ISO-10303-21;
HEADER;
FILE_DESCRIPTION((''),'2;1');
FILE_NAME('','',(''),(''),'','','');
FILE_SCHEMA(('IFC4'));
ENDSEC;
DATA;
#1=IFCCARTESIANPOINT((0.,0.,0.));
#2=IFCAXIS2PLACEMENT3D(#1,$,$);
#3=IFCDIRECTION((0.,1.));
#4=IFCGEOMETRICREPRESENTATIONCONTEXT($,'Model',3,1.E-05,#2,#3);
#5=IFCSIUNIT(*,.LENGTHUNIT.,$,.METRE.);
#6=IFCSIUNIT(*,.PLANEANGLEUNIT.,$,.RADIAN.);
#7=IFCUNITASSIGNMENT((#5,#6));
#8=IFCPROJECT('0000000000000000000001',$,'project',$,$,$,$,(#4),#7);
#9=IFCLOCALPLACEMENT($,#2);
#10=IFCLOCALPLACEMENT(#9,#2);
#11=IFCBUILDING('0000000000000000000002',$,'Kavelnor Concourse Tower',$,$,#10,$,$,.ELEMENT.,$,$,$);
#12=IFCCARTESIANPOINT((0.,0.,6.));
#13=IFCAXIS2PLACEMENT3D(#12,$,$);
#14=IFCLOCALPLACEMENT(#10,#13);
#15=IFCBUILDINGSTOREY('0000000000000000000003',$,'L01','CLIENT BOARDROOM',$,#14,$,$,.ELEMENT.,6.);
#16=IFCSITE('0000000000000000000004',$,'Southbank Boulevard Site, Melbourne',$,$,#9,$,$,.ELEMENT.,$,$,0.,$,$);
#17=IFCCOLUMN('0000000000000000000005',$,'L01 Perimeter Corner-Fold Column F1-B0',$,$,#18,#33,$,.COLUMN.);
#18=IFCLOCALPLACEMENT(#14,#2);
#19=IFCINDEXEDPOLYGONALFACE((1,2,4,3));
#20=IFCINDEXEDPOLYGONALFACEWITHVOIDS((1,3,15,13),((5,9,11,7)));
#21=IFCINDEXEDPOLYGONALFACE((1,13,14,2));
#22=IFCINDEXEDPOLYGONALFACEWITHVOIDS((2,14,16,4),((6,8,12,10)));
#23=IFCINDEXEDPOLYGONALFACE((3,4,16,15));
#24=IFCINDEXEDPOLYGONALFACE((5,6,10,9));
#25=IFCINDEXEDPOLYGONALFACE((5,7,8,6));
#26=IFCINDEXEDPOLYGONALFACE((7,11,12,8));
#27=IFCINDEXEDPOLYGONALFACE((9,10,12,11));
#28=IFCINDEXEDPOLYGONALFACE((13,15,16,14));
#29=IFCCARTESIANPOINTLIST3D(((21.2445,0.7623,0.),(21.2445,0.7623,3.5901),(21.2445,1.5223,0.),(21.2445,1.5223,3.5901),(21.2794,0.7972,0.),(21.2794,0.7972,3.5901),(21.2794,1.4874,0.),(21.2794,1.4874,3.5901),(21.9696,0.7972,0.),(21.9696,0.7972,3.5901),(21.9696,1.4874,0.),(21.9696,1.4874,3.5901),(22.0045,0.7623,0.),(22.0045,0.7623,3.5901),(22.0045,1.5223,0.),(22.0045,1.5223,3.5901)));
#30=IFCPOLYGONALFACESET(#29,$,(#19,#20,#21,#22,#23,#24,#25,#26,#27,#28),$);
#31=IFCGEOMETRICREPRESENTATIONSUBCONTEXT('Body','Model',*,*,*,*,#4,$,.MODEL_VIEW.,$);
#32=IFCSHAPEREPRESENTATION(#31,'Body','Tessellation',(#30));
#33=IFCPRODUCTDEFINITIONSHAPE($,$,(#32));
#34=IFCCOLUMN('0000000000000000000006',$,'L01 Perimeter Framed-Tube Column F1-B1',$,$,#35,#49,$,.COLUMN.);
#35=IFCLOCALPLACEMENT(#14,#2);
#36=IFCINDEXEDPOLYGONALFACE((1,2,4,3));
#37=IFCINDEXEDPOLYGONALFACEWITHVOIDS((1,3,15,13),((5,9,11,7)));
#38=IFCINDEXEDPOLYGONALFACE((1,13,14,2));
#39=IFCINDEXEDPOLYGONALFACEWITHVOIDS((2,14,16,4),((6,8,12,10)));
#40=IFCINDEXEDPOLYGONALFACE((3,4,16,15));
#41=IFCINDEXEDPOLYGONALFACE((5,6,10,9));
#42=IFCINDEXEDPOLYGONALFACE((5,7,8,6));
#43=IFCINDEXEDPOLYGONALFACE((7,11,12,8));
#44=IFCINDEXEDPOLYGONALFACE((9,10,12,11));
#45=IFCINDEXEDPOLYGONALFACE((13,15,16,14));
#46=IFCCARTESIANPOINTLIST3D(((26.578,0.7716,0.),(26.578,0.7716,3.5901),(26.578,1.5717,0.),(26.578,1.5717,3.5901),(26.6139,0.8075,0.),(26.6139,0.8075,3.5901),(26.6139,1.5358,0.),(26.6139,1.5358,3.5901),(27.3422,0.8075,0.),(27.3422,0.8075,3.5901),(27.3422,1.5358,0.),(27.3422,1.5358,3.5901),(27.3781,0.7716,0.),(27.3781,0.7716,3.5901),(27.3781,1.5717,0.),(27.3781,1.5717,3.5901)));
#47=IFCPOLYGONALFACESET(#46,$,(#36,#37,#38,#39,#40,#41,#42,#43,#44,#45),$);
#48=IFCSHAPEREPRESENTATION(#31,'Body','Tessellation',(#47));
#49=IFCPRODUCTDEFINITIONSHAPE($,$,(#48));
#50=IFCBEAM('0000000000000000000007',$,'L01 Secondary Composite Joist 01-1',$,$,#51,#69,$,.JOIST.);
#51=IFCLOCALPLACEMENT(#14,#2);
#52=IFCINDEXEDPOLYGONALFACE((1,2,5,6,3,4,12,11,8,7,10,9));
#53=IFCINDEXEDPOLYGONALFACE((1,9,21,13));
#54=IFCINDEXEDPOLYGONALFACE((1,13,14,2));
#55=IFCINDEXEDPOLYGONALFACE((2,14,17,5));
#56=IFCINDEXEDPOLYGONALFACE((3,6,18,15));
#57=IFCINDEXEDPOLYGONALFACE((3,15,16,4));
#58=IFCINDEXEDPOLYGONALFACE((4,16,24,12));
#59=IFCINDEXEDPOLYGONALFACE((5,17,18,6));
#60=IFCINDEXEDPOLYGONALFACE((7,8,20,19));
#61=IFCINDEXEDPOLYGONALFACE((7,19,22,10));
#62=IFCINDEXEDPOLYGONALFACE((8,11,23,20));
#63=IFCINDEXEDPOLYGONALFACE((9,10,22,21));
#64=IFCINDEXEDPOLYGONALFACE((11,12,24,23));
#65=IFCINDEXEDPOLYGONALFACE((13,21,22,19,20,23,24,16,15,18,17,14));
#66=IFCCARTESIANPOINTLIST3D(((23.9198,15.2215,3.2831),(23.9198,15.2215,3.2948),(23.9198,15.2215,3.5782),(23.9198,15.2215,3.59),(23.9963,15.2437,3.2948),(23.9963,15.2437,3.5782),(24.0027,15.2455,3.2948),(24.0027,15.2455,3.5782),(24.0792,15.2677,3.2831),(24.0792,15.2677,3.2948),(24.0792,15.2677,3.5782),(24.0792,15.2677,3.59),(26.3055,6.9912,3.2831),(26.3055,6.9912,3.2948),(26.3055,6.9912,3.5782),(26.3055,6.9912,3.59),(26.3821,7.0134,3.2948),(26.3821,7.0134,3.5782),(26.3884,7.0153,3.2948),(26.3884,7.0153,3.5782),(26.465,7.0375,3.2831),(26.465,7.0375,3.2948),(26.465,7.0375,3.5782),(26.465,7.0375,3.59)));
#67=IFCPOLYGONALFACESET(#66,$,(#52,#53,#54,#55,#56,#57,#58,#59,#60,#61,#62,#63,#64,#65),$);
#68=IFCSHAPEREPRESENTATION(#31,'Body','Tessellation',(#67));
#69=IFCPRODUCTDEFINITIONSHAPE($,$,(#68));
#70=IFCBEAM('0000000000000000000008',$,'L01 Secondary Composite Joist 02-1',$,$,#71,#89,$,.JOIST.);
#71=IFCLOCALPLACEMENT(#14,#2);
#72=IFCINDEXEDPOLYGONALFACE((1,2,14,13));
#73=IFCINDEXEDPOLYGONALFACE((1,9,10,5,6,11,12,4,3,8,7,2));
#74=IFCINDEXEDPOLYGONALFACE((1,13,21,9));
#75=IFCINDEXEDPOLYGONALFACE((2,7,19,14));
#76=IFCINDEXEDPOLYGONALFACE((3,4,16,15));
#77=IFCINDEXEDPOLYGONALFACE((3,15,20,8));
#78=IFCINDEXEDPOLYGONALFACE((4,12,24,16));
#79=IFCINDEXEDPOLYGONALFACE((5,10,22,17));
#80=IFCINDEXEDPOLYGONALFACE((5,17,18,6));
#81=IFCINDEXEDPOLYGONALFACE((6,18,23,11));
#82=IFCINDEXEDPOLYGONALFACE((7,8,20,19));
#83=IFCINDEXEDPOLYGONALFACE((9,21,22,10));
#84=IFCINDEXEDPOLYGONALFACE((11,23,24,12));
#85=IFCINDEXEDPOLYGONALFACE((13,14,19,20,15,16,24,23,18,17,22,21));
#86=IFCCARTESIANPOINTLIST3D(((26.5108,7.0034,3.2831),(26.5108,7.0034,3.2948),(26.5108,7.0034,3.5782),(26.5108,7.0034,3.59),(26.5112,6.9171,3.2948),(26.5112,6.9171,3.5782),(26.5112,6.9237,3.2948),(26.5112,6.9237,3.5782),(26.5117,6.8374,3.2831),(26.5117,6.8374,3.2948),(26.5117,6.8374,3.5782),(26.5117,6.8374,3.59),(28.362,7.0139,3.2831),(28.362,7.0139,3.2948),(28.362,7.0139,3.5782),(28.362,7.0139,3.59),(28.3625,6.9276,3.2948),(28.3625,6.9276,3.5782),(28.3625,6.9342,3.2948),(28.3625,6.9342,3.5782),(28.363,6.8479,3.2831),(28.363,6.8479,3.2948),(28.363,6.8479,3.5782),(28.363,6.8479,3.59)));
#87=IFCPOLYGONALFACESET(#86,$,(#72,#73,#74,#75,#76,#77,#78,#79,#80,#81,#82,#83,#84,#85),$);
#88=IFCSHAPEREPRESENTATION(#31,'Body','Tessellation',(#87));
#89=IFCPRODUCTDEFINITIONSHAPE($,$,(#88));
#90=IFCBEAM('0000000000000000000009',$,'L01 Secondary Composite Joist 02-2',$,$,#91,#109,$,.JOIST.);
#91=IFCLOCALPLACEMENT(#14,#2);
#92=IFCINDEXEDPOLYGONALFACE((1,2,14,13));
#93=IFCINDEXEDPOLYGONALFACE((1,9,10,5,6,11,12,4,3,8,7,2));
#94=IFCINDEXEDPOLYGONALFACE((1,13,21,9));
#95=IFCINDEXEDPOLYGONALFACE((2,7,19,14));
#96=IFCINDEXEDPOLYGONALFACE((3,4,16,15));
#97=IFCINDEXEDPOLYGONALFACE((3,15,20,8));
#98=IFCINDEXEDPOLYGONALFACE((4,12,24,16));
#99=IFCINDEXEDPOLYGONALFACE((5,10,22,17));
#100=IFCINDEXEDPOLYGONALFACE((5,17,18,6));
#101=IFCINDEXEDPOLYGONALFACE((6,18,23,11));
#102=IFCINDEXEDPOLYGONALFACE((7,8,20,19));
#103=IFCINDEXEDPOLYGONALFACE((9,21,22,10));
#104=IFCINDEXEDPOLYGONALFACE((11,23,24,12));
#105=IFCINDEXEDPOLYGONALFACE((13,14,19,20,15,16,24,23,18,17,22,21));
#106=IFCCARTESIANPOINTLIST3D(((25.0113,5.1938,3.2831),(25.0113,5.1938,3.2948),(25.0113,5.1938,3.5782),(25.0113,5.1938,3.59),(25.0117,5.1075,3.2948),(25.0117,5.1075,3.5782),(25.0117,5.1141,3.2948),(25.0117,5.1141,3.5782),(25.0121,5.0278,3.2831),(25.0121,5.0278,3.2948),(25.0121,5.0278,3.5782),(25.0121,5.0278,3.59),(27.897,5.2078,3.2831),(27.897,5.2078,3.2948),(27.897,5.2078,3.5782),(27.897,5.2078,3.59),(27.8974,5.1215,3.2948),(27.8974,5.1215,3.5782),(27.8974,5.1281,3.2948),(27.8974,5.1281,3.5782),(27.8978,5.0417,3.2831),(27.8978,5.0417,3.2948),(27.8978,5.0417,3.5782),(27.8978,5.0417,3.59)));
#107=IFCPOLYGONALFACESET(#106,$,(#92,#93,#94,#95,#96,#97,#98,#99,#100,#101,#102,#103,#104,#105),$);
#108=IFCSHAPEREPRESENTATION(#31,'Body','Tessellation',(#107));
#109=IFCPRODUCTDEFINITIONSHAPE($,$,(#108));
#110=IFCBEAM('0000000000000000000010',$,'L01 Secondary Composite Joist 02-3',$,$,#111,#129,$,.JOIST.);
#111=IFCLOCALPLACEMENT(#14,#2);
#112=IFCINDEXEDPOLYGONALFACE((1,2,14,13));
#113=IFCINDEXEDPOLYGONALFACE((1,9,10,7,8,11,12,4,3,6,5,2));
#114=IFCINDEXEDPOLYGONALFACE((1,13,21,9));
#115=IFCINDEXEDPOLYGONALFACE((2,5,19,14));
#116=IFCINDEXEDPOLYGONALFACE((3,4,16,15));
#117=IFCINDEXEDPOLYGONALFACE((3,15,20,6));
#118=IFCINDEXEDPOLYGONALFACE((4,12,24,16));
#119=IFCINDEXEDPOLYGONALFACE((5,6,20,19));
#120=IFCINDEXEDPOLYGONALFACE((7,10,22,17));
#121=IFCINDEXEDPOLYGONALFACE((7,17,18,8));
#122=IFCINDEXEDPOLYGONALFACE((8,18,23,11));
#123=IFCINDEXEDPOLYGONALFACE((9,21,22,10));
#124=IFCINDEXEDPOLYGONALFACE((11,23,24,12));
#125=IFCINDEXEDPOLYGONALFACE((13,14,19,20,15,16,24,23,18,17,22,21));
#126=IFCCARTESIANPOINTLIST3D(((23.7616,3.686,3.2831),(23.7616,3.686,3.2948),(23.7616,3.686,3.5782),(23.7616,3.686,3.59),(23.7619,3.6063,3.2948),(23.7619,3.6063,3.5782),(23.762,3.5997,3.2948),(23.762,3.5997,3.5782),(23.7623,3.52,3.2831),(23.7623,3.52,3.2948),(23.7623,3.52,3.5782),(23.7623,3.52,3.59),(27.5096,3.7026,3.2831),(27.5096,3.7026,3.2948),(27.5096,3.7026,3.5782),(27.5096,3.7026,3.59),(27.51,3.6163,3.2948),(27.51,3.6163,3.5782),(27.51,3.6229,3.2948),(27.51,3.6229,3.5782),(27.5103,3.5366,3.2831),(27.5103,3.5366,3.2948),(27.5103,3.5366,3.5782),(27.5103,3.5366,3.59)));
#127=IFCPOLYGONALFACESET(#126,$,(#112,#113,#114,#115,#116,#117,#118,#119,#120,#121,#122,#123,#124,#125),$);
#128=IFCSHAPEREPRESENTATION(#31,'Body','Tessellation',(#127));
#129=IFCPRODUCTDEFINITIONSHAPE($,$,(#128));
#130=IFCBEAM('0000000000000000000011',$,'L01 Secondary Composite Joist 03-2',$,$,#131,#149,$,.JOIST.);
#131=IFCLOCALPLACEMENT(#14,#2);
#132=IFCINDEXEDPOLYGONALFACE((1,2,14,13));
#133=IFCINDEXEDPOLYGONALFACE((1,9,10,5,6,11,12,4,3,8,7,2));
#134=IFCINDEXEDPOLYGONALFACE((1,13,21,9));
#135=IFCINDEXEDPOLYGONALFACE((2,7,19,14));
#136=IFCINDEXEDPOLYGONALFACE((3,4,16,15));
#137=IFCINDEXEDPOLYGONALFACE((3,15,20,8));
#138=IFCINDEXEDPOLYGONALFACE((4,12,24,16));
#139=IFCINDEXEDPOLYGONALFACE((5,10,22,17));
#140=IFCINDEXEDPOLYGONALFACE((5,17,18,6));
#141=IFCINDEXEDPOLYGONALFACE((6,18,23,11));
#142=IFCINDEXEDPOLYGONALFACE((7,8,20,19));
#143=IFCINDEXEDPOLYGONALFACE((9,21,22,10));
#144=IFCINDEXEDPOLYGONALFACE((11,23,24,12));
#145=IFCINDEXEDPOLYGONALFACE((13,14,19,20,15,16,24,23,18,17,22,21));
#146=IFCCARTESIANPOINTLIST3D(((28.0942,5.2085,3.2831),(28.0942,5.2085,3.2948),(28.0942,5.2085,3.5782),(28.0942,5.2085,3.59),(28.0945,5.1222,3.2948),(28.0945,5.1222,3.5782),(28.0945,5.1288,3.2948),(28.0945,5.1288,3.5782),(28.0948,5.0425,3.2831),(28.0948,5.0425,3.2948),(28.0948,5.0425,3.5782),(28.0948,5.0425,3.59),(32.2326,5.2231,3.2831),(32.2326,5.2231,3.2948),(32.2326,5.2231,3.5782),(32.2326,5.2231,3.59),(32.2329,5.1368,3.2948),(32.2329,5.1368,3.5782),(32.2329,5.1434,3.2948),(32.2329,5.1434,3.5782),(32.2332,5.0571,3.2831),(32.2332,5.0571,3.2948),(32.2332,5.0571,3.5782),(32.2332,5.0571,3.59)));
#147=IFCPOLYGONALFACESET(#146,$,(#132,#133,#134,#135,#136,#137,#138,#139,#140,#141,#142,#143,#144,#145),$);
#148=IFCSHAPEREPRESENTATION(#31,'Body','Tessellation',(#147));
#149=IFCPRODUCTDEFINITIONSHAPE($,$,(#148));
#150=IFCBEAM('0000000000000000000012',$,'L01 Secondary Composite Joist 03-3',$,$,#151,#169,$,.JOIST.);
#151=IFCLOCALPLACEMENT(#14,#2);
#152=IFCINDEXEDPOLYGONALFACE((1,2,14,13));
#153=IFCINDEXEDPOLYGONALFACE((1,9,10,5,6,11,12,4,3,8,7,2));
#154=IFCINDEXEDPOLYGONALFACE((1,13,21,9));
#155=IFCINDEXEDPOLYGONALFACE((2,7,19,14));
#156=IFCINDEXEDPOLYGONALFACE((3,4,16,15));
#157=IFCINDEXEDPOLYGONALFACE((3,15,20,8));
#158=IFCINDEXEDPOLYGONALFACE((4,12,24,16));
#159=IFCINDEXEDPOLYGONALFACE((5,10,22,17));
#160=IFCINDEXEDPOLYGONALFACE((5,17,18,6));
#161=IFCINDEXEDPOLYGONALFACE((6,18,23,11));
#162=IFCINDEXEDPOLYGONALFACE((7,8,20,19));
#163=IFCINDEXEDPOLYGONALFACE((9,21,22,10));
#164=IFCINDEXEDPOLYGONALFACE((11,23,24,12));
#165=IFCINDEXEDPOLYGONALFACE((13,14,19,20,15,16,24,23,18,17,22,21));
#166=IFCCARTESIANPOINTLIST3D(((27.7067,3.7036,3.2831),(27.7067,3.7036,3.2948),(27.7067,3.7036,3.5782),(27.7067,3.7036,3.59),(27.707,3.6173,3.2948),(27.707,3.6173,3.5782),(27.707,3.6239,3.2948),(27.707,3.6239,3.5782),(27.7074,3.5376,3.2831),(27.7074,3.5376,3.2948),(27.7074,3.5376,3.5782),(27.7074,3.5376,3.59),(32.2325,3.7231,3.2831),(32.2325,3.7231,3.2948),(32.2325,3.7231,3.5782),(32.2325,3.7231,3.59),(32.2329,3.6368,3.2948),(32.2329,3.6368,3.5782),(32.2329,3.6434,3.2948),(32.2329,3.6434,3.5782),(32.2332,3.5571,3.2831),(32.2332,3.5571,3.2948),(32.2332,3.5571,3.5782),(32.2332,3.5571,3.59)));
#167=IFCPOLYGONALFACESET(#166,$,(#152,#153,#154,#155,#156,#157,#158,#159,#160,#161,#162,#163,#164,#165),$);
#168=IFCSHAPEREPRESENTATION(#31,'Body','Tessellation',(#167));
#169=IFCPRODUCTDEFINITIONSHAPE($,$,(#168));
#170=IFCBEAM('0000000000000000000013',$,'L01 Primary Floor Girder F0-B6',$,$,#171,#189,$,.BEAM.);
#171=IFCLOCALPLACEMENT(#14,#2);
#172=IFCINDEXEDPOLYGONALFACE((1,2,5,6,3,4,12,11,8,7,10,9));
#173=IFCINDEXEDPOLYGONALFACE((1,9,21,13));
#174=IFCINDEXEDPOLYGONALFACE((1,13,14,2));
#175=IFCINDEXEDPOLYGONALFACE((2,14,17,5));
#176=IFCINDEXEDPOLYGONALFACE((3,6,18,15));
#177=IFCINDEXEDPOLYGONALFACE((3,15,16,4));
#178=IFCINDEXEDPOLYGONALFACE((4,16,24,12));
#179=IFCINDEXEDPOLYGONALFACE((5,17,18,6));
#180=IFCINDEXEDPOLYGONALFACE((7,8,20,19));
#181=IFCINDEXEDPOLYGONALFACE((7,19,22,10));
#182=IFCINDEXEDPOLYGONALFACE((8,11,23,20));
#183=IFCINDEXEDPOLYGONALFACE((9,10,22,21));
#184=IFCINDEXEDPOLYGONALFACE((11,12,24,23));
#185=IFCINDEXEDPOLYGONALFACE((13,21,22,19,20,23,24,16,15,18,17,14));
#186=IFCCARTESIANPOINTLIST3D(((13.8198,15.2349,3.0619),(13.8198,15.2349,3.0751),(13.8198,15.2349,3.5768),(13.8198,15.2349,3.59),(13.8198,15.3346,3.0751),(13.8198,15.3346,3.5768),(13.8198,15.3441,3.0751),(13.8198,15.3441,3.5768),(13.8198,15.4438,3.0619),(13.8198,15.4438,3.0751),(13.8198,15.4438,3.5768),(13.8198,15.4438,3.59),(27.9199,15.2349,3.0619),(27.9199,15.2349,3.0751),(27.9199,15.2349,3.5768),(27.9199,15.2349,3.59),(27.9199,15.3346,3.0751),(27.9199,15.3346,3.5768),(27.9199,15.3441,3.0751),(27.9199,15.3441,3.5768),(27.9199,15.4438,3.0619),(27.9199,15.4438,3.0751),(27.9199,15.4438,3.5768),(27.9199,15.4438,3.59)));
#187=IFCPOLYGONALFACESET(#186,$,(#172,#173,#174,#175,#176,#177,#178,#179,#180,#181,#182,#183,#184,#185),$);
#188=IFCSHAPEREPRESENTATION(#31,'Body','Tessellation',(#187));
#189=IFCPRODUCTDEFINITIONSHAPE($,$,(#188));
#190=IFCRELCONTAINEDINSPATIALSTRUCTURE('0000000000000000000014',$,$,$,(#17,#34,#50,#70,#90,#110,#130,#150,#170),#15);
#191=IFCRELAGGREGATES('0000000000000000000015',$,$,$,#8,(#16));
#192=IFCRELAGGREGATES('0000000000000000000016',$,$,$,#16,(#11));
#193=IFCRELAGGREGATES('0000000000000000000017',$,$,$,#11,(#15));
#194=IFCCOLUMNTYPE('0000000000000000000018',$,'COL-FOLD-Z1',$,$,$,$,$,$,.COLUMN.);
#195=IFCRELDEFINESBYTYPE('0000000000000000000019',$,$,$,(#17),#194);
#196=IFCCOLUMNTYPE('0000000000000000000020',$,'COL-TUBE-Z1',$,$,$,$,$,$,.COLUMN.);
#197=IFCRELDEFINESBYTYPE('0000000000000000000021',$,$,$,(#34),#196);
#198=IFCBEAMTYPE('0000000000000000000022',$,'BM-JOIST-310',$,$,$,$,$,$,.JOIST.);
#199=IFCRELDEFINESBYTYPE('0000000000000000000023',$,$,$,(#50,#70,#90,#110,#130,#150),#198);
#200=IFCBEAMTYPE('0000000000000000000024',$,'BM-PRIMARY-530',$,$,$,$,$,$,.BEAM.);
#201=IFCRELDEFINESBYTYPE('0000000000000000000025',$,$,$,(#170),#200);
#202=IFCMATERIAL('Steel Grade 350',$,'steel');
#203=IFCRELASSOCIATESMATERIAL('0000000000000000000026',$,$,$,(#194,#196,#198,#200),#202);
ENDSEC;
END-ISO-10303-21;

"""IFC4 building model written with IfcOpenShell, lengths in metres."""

from ifc_helpers import new_model, si_unit, direction, frame, origin, origin_2d, place, context, subcontext, project, spatial, hollow_rectangle, i_section, extrude, material, material_profile, profile_set, type_object, element, save


model = new_model("IFC4")

# Units and contexts
model_context = context("Model", 3, precision=1e-05, world=origin(), true_north=direction((0.0, 1.0)))
body_context = subcontext(model_context, "Body", "Model", "MODEL_VIEW")
ifc_project = project(units=[si_unit("LENGTHUNIT", "METRE"), si_unit("PLANEANGLEUNIT", "RADIAN")], contexts=[model_context])

# Site, building, storey
site_placement = place(None, origin())
site = spatial("IfcSite", under=ifc_project, at=site_placement, Name="Southbank Boulevard Site, Melbourne", CompositionType="ELEMENT", RefElevation=0.0)
building_placement = place(site_placement, origin())
building = spatial("IfcBuilding", under=site, at=building_placement, Name="Kavelnor Concourse Tower", CompositionType="ELEMENT")
storey_placement = place(building_placement, frame((0.0, 0.0, 6.0)))
storey = spatial("IfcBuildingStorey", under=building, at=storey_placement, Name="L01", Description="CLIENT BOARDROOM", CompositionType="ELEMENT", Elevation=6.0)

# Columns
ifc_material_1 = material(Name="Steel Grade 350", Category="steel")
ifc_material_profile_1 = material_profile(ifc_material_1, hollow_rectangle(XDim=0.76, YDim=0.76, WallThickness=0.0349, at=origin_2d()), Name="SHS 760x760x35")
ifc_profile_set_1 = profile_set([ifc_material_profile_1], Name="Steel Grade 350")
column_type_1 = type_object("IfcColumnType", Name="COL-FOLD-Z1", PredefinedType="COLUMN", material=ifc_profile_set_1)
column_1_placement = place(storey_placement, frame((21.6245, 1.1423, 0.0), z_axis=(0.0, 0.0, 1.0), x_axis=(1.0, 0.0, 0.0)))
element("IfcColumn", 1, at=column_1_placement, inside=storey, type_object=column_type_1, Name="L01 Perimeter Corner-Fold Column F1-B0", PredefinedType="COLUMN", context=body_context, shape_type="SweptSolid", body=[
    extrude(hollow_rectangle(XDim=0.76, YDim=0.76, WallThickness=0.0349, at=origin_2d()), origin(), (0.0, 0.0, 1.0), 3.5901),
])
ifc_material_profile_2 = material_profile(ifc_material_1, hollow_rectangle(XDim=0.8, YDim=0.8, WallThickness=0.0359, at=origin_2d()), Name="SHS 800x800x36")
ifc_profile_set_2 = profile_set([ifc_material_profile_2], Name="Steel Grade 350")
column_type_2 = type_object("IfcColumnType", Name="COL-TUBE-Z1", PredefinedType="COLUMN", material=ifc_profile_set_2)
column_2_placement = place(storey_placement, frame((26.978, 1.1716, 0.0), z_axis=(0.0, 0.0, 1.0), x_axis=(1.0, 0.0, 0.0)))
element("IfcColumn", 2, at=column_2_placement, inside=storey, type_object=column_type_2, Name="L01 Perimeter Framed-Tube Column F1-B1", PredefinedType="COLUMN", context=body_context, shape_type="SweptSolid", body=[
    extrude(hollow_rectangle(XDim=0.8, YDim=0.8, WallThickness=0.0359, at=origin_2d()), origin(), (0.0, 0.0, 1.0), 3.5901),
])

# Beams
ifc_material_profile_3 = material_profile(ifc_material_1, i_section(OverallWidth=0.166, OverallDepth=0.3069, WebThickness=0.0066, FlangeThickness=0.0117, at=origin_2d()), Name="310UB46")
ifc_profile_set_3 = profile_set([ifc_material_profile_3], Name="Steel Grade 350")
beam_type_1 = type_object("IfcBeamType", Name="BM-JOIST-310", PredefinedType="JOIST", material=ifc_profile_set_3)
beam_1_placement = place(storey_placement, frame((23.9995, 15.2446, 3.4365), z_axis=(0.278414, -0.960461, 0.0), x_axis=(0.960461, 0.278414, 0.0)))
element("IfcBeam", 3, at=beam_1_placement, inside=storey, type_object=beam_type_1, Name="L01 Secondary Composite Joist 01-1", PredefinedType="JOIST", context=body_context, shape_type="SweptSolid", body=[
    extrude(i_section(OverallWidth=0.166, OverallDepth=0.3069, WebThickness=0.0066, FlangeThickness=0.0117, at=origin_2d()), origin(), (0.0, 0.0, 1.0), 8.5691),
])
beam_2_placement = place(storey_placement, frame((26.5112, 6.9204, 3.4365), z_axis=(0.999984, 0.00567, 0.0), x_axis=(-0.00567, 0.999984, 0.0)))
element("IfcBeam", 4, at=beam_2_placement, inside=storey, type_object=beam_type_1, Name="L01 Secondary Composite Joist 02-1", PredefinedType="JOIST", context=body_context, shape_type="SweptSolid", body=[
    extrude(i_section(OverallWidth=0.166, OverallDepth=0.3069, WebThickness=0.0066, FlangeThickness=0.0117, at=origin_2d()), origin(), (0.0, 0.0, 1.0), 1.8513),
])
beam_3_placement = place(storey_placement, frame((25.0117, 5.1108, 3.4365), z_axis=(0.999988, 0.004822, 0.0), x_axis=(-0.004822, 0.999988, 0.0)))
element("IfcBeam", 5, at=beam_3_placement, inside=storey, type_object=beam_type_1, Name="L01 Secondary Composite Joist 02-2", PredefinedType="JOIST", context=body_context, shape_type="SweptSolid", body=[
    extrude(i_section(OverallWidth=0.166, OverallDepth=0.3069, WebThickness=0.0066, FlangeThickness=0.0117, at=origin_2d()), origin(), (0.0, 0.0, 1.0), 2.8857),
])
beam_4_placement = place(storey_placement, frame((23.762, 3.603, 3.4365), z_axis=(0.99999, 0.004429, 0.0), x_axis=(-0.004429, 0.99999, 0.0)))
element("IfcBeam", 6, at=beam_4_placement, inside=storey, type_object=beam_type_1, Name="L01 Secondary Composite Joist 02-3", PredefinedType="JOIST", context=body_context, shape_type="SweptSolid", body=[
    extrude(i_section(OverallWidth=0.166, OverallDepth=0.3069, WebThickness=0.0066, FlangeThickness=0.0117, at=origin_2d()), origin(), (0.0, 0.0, 1.0), 3.748),
])
beam_5_placement = place(storey_placement, frame((28.0945, 5.1255, 3.4365), z_axis=(0.999994, 0.00354, 0.0), x_axis=(-0.00354, 0.999994, 0.0)))
element("IfcBeam", 7, at=beam_5_placement, inside=storey, type_object=beam_type_1, Name="L01 Secondary Composite Joist 03-2", PredefinedType="JOIST", context=body_context, shape_type="SweptSolid", body=[
    extrude(i_section(OverallWidth=0.166, OverallDepth=0.3069, WebThickness=0.0066, FlangeThickness=0.0117, at=origin_2d()), origin(), (0.0, 0.0, 1.0), 4.1384),
])
beam_6_placement = place(storey_placement, frame((27.707, 3.6206, 3.4365), z_axis=(0.999991, 0.004315, 0.0), x_axis=(-0.004315, 0.999991, 0.0)))
element("IfcBeam", 8, at=beam_6_placement, inside=storey, type_object=beam_type_1, Name="L01 Secondary Composite Joist 03-3", PredefinedType="JOIST", context=body_context, shape_type="SweptSolid", body=[
    extrude(i_section(OverallWidth=0.166, OverallDepth=0.3069, WebThickness=0.0066, FlangeThickness=0.0117, at=origin_2d()), origin(), (0.0, 0.0, 1.0), 4.5259),
])
ifc_material_profile_4 = material_profile(ifc_material_1, i_section(OverallWidth=0.209, OverallDepth=0.5281, WebThickness=0.0095, FlangeThickness=0.0132, at=origin_2d()), Name="530UB82")
ifc_profile_set_4 = profile_set([ifc_material_profile_4], Name="Steel Grade 350")
beam_type_2 = type_object("IfcBeamType", Name="BM-PRIMARY-530", PredefinedType="BEAM", material=ifc_profile_set_4)
beam_7_placement = place(storey_placement, frame((27.9199, 15.3394, 3.3259), z_axis=(-1.0, 0.0, 0.0), x_axis=(0.0, -1.0, 0.0)))
element("IfcBeam", 9, at=beam_7_placement, inside=storey, type_object=beam_type_2, Name="L01 Primary Floor Girder F0-B6", PredefinedType="BEAM", context=body_context, shape_type="SweptSolid", body=[
    extrude(i_section(OverallWidth=0.209, OverallDepth=0.5281, WebThickness=0.0095, FlangeThickness=0.0132, at=origin_2d()), origin(), (0.0, 0.0, 1.0), 14.1001),
])

save(model, "model.ifc")
